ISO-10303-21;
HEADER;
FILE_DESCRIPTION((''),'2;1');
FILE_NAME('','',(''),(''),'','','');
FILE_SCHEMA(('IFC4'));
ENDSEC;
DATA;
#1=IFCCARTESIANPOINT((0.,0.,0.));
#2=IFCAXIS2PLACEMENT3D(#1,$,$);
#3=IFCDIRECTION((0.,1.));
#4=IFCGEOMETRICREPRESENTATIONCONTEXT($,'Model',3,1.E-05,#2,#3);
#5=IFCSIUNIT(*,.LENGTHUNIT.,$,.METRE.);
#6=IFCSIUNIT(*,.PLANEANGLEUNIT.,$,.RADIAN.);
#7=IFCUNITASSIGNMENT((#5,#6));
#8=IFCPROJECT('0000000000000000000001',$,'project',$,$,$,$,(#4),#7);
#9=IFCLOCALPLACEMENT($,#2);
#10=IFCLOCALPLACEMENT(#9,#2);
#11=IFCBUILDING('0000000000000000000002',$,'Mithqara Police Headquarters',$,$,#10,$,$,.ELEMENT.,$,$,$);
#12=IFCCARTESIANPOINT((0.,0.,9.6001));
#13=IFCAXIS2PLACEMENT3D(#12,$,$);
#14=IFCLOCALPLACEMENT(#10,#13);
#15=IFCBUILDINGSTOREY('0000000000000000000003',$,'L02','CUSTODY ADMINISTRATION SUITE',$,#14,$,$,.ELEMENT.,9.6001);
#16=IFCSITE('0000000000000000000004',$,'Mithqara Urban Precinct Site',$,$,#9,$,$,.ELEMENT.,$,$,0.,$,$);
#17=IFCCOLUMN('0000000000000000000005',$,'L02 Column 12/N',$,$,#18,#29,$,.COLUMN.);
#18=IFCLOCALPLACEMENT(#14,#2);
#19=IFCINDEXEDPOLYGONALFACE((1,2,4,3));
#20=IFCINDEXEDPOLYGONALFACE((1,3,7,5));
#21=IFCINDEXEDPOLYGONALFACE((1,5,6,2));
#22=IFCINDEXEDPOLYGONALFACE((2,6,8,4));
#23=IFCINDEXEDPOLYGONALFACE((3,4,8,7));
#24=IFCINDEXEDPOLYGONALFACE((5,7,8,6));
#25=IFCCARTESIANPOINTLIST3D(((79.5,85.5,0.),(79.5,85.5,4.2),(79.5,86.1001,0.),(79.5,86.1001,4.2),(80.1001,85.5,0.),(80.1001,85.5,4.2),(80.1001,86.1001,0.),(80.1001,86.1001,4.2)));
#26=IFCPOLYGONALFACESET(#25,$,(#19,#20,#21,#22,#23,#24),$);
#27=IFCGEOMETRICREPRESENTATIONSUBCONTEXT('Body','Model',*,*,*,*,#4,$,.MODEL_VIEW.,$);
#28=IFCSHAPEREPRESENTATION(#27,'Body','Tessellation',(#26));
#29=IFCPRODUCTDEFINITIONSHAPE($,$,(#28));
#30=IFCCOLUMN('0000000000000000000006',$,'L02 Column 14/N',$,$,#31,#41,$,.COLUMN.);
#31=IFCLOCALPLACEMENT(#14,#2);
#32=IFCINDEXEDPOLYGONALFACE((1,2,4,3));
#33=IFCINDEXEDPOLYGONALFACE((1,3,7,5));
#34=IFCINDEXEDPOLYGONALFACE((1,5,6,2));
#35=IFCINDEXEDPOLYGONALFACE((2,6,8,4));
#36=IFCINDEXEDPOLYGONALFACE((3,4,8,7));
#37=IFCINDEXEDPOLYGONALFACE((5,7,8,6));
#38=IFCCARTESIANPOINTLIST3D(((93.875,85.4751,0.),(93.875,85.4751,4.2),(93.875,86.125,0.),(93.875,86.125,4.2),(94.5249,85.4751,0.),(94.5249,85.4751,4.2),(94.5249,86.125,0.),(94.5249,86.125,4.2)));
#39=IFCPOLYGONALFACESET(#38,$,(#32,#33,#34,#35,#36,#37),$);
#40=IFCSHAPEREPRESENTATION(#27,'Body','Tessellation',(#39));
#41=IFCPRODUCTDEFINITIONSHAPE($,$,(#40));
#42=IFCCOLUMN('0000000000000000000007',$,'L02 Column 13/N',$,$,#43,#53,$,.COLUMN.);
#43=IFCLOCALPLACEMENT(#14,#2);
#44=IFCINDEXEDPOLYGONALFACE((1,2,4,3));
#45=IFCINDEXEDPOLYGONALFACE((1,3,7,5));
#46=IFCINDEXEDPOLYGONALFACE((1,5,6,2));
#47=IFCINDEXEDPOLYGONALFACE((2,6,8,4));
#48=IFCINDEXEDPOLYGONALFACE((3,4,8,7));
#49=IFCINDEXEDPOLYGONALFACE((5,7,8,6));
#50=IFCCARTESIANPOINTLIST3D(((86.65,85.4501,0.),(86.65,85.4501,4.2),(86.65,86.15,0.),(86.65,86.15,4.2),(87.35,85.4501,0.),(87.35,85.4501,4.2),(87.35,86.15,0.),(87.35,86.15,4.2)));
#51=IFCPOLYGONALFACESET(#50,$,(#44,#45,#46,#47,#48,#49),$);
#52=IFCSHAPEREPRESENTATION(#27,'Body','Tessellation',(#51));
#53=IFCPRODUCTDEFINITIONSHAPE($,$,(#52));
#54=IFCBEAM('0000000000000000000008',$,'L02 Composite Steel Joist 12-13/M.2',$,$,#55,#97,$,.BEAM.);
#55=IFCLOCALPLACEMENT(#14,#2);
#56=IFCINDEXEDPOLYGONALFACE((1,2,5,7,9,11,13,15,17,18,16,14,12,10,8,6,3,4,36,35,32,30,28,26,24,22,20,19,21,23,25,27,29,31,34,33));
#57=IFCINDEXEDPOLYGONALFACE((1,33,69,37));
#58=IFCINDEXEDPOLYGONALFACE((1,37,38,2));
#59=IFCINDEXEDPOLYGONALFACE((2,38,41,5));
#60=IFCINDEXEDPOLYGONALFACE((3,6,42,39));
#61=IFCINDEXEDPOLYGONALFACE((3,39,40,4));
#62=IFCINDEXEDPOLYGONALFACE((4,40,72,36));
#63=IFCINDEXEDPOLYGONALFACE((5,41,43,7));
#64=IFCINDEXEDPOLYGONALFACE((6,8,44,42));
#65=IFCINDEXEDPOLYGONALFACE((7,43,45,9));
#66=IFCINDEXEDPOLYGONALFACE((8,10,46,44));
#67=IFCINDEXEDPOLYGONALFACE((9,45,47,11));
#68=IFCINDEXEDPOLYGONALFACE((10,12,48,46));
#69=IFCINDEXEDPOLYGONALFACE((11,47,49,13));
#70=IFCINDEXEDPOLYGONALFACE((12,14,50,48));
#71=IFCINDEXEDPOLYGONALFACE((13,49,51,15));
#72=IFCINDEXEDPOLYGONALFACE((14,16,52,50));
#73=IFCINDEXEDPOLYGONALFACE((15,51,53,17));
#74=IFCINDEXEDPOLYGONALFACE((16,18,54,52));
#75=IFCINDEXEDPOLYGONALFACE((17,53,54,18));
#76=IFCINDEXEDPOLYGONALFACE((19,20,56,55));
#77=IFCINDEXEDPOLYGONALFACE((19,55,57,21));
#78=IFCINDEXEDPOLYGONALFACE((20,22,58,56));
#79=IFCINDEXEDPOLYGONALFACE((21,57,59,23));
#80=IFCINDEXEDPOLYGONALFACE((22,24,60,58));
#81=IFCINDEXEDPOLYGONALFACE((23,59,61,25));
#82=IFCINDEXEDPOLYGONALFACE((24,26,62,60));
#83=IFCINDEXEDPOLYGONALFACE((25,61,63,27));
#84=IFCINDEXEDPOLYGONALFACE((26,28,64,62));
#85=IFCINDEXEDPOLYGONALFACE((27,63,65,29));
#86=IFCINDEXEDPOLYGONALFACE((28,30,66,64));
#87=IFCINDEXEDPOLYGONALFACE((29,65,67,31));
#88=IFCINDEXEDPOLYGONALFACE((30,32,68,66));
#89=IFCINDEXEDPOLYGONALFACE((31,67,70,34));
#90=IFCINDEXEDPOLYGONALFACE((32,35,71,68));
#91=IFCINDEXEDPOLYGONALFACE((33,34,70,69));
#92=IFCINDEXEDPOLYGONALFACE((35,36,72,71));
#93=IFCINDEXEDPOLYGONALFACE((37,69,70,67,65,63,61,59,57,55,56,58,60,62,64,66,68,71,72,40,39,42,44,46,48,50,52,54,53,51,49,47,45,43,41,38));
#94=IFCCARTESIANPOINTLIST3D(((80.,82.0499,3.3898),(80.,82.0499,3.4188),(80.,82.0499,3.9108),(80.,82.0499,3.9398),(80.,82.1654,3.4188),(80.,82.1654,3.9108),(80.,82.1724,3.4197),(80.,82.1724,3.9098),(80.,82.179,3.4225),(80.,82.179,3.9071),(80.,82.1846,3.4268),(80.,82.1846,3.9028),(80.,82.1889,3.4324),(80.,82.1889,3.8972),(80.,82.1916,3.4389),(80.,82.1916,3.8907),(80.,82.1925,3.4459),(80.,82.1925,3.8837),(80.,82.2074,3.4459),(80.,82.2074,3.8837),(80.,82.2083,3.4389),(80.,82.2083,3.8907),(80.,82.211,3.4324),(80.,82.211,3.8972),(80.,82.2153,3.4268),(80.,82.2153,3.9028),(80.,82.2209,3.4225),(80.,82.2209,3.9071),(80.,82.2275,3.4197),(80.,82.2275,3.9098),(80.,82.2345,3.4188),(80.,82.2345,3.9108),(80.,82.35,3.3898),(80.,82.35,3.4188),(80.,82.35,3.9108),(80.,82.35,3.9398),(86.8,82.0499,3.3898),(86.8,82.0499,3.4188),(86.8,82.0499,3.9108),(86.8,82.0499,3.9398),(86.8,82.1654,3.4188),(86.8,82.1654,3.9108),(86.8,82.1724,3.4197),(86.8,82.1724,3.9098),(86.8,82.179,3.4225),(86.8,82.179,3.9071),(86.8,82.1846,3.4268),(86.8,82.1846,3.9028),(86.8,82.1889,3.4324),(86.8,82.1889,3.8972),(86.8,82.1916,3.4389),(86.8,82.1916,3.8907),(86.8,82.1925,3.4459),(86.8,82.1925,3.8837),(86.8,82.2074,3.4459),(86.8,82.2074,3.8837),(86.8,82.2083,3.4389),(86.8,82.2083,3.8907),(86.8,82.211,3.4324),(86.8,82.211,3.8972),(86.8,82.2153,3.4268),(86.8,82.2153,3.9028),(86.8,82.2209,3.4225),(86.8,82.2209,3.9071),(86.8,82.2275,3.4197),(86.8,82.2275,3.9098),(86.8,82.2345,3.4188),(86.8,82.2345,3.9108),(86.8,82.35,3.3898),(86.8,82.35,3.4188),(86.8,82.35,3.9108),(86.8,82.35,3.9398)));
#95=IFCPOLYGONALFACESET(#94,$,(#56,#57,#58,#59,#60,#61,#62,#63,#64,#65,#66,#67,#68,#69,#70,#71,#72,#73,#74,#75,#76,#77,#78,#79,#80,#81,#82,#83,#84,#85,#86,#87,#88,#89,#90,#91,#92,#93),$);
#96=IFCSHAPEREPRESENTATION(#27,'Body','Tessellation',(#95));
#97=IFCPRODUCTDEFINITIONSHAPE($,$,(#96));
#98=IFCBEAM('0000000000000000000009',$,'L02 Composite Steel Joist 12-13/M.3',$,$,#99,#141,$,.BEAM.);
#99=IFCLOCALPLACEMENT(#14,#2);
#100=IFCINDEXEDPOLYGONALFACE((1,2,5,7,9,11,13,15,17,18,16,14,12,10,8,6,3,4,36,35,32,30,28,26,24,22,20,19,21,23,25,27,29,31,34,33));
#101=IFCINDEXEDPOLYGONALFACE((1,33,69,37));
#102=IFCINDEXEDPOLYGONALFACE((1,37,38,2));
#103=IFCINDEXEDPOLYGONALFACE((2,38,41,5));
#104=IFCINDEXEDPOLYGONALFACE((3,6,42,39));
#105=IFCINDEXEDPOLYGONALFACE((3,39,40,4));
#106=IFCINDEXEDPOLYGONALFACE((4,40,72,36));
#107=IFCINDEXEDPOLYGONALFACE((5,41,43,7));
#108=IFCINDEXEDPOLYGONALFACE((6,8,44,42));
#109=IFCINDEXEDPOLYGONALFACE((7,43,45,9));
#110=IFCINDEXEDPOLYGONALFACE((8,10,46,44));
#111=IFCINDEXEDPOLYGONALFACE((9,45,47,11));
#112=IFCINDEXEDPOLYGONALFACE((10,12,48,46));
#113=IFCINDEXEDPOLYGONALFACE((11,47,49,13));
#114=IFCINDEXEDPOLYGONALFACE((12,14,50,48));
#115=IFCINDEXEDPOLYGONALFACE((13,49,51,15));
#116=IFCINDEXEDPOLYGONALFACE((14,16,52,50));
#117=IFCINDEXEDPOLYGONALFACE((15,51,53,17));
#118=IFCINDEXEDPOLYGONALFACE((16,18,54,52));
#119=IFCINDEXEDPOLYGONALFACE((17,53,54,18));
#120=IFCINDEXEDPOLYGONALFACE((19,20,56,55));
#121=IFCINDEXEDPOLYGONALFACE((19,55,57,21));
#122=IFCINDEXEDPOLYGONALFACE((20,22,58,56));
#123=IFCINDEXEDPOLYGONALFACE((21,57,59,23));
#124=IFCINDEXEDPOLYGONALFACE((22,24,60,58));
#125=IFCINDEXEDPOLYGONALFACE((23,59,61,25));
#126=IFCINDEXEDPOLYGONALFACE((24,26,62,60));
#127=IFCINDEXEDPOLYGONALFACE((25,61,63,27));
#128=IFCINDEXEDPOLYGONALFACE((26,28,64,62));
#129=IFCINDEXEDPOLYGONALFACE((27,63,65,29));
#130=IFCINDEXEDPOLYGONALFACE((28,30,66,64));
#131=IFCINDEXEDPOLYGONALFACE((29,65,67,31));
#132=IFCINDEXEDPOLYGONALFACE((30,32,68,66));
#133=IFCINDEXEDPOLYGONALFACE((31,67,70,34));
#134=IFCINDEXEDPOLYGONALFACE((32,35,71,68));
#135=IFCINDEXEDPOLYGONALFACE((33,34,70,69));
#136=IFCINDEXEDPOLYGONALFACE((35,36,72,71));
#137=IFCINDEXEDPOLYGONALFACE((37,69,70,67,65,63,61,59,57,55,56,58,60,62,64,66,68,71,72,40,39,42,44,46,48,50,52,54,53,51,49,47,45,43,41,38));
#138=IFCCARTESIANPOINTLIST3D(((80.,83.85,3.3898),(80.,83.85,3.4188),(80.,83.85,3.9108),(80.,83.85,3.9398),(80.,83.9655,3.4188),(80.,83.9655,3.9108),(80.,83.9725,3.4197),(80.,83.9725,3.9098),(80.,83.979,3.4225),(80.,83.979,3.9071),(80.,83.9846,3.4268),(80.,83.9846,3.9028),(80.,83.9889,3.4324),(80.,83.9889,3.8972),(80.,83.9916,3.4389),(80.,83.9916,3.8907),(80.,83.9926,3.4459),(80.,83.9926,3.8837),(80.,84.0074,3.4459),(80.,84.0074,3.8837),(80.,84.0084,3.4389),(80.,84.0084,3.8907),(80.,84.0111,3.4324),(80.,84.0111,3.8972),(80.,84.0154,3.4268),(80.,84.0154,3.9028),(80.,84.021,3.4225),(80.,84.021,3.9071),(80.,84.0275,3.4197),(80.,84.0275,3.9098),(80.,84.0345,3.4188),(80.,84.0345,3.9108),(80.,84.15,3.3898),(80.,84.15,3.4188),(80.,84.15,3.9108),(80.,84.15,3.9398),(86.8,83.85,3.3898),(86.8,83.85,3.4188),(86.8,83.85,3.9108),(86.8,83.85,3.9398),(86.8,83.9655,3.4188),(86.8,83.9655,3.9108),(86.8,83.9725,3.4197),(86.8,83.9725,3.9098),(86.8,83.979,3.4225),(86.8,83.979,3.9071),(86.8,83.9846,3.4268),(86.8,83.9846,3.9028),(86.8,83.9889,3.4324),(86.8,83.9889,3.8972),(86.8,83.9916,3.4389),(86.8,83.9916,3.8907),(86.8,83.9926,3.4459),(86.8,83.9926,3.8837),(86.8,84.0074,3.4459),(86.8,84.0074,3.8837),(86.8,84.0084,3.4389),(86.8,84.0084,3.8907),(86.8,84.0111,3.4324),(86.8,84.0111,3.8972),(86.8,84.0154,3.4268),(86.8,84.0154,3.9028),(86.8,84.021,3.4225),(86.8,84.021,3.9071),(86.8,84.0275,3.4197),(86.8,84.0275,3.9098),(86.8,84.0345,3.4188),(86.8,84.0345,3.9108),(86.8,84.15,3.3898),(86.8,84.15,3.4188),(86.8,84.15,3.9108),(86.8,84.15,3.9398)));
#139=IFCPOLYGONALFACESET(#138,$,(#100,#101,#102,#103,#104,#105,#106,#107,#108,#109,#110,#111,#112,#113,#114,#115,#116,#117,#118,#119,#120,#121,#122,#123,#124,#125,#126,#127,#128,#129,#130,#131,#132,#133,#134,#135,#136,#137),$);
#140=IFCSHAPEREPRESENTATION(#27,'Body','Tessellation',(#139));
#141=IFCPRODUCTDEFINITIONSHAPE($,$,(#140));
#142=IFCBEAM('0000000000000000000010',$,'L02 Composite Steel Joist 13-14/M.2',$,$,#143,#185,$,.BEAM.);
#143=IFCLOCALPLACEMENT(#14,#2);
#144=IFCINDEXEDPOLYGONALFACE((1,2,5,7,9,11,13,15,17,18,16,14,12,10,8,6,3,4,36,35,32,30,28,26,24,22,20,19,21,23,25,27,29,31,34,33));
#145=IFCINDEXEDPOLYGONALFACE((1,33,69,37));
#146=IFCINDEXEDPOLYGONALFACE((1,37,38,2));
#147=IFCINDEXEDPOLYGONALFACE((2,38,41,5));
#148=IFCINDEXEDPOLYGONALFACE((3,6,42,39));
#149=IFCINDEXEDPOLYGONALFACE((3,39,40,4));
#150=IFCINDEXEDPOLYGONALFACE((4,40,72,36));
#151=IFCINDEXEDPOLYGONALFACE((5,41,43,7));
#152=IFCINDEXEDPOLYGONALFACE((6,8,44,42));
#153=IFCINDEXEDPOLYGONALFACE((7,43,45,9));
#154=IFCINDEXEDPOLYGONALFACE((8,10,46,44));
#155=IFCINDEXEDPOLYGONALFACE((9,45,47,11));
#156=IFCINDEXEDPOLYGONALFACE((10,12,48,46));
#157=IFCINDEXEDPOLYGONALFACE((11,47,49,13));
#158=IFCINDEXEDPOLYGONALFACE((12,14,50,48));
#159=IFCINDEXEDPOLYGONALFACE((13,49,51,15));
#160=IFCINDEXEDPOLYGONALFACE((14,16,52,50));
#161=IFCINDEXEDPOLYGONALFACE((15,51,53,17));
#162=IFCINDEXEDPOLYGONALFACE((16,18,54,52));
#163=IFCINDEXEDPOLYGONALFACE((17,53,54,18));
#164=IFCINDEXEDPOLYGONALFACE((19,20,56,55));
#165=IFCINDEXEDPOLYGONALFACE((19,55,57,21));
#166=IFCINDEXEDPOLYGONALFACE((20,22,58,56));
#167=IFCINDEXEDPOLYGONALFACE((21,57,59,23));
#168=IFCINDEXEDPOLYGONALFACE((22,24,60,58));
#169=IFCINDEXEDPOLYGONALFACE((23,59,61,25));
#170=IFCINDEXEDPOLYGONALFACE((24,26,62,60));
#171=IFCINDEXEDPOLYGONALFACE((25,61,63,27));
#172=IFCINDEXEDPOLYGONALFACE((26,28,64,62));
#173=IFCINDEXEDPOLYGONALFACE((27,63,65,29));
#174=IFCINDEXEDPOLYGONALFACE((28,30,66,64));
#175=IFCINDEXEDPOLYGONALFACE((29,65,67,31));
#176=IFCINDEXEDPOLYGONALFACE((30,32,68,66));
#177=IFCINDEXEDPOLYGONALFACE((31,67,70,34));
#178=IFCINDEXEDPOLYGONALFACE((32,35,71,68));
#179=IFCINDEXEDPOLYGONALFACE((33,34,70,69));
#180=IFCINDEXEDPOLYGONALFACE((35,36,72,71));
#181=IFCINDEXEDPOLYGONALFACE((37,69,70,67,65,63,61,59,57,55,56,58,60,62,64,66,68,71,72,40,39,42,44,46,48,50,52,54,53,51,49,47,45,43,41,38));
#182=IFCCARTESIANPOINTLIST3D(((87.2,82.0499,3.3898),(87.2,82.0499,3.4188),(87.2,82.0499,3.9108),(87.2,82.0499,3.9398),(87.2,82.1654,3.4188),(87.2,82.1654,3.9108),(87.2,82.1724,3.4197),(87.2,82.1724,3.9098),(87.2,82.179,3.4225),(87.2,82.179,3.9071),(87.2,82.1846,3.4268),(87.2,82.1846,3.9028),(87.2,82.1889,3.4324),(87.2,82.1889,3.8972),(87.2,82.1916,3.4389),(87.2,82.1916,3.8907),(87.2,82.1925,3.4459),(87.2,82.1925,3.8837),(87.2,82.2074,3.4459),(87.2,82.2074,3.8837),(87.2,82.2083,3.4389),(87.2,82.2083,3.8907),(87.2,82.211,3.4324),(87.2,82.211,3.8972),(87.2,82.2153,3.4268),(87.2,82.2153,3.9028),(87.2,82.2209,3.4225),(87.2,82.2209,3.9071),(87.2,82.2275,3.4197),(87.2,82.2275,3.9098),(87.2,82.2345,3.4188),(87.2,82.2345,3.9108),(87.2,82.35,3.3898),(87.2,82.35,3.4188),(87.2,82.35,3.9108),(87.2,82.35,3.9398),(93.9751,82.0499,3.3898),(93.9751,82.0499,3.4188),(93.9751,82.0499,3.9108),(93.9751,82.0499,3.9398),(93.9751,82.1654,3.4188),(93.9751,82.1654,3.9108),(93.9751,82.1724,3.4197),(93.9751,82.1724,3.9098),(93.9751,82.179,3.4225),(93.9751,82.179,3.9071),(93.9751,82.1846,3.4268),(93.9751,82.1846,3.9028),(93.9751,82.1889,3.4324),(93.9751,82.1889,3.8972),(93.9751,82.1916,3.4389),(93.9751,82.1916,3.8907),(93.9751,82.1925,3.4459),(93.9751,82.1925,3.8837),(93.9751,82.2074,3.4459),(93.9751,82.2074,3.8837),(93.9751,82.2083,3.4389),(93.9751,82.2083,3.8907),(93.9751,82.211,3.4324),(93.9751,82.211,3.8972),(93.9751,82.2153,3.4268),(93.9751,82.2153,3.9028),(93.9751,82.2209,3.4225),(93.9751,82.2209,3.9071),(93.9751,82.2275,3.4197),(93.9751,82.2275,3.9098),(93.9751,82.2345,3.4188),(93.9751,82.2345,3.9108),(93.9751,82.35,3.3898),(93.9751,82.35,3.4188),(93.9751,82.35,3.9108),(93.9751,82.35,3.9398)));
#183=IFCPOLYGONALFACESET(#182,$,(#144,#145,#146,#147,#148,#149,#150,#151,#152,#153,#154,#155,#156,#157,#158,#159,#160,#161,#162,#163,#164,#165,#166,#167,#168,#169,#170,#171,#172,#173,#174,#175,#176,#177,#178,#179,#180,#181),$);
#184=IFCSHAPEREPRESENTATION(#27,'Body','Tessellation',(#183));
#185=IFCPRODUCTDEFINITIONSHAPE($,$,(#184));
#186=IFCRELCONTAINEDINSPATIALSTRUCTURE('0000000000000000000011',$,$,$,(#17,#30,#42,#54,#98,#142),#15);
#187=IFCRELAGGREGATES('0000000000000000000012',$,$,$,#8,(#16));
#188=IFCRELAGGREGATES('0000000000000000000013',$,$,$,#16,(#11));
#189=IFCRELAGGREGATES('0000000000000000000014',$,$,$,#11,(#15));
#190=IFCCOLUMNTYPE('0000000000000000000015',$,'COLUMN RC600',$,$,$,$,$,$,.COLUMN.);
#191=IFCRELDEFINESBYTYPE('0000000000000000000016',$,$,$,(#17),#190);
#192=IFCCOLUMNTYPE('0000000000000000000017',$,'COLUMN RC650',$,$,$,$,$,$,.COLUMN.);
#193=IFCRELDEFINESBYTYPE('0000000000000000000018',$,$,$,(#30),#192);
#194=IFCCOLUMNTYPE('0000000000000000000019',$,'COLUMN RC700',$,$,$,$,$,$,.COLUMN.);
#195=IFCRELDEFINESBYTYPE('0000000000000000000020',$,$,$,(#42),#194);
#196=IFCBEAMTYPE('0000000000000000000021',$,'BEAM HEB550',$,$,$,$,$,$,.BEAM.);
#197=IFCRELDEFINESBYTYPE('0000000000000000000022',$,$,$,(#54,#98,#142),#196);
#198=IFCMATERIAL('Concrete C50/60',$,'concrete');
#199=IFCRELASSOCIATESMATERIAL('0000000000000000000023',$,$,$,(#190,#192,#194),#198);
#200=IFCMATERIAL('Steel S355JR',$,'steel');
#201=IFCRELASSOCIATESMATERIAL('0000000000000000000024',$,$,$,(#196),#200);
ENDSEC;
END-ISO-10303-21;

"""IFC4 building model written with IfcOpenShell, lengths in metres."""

from ifc_helpers import new_model, si_unit, direction, frame, origin, origin_2d, place, context, subcontext, project, spatial, rectangle, i_section, extrude, material, material_profile, profile_set, type_object, element, save


model = new_model("IFC4")

# Units and contexts
model_context = context("Model", 3, precision=1e-05, world=origin(), true_north=direction((0.0, 1.0)))
body_context = subcontext(model_context, "Body", "Model", "MODEL_VIEW")
ifc_project = project(units=[si_unit("LENGTHUNIT", "METRE"), si_unit("PLANEANGLEUNIT", "RADIAN")], contexts=[model_context])

# Site, building, storey
site_placement = place(None, origin())
site = spatial("IfcSite", under=ifc_project, at=site_placement, Name="Mithqara Urban Precinct Site", CompositionType="ELEMENT", RefElevation=0.0)
building_placement = place(site_placement, origin())
building = spatial("IfcBuilding", under=site, at=building_placement, Name="Mithqara Police Headquarters", CompositionType="ELEMENT")
storey_placement = place(building_placement, frame((0.0, 0.0, 9.6001)))
storey = spatial("IfcBuildingStorey", under=building, at=storey_placement, Name="L02", Description="CUSTODY ADMINISTRATION SUITE", CompositionType="ELEMENT", Elevation=9.6001)

# Columns
ifc_material_1 = material(Name="Concrete C50/60", Category="concrete")
ifc_material_profile_1 = material_profile(ifc_material_1, rectangle(XDim=0.6001, YDim=0.6001, at=origin_2d()), Name="RC 600x600")
ifc_profile_set_1 = profile_set([ifc_material_profile_1], Name="Concrete C50/60")
column_type_1 = type_object("IfcColumnType", Name="COLUMN RC600", PredefinedType="COLUMN", material=ifc_profile_set_1)
column_1_placement = place(storey_placement, frame((79.8, 85.8, 0.0), z_axis=(0.0, 0.0, 1.0), x_axis=(1.0, 0.0, 0.0)))
element("IfcColumn", 1, at=column_1_placement, inside=storey, type_object=column_type_1, Name="L02 Column 12/N", PredefinedType="COLUMN", context=body_context, shape_type="SweptSolid", body=[
    extrude(rectangle(XDim=0.6001, YDim=0.6001, at=origin_2d()), origin(), (0.0, 0.0, 1.0), 4.2),
])
ifc_material_profile_2 = material_profile(ifc_material_1, rectangle(XDim=0.6499, YDim=0.6499, at=origin_2d()), Name="RC 650x650")
ifc_profile_set_2 = profile_set([ifc_material_profile_2], Name="Concrete C50/60")
column_type_2 = type_object("IfcColumnType", Name="COLUMN RC650", PredefinedType="COLUMN", material=ifc_profile_set_2)
column_2_placement = place(storey_placement, frame((94.2, 85.8, 0.0), z_axis=(0.0, 0.0, 1.0), x_axis=(1.0, 0.0, 0.0)))
element("IfcColumn", 2, at=column_2_placement, inside=storey, type_object=column_type_2, Name="L02 Column 14/N", PredefinedType="COLUMN", context=body_context, shape_type="SweptSolid", body=[
    extrude(rectangle(XDim=0.6499, YDim=0.6499, at=origin_2d()), origin(), (0.0, 0.0, 1.0), 4.2),
])
ifc_material_profile_3 = material_profile(ifc_material_1, rectangle(XDim=0.7, YDim=0.7, at=origin_2d()), Name="RC 700x700")
ifc_profile_set_3 = profile_set([ifc_material_profile_3], Name="Concrete C50/60")
column_type_3 = type_object("IfcColumnType", Name="COLUMN RC700", PredefinedType="COLUMN", material=ifc_profile_set_3)
column_3_placement = place(storey_placement, frame((87.0, 85.8, 0.0), z_axis=(0.0, 0.0, 1.0), x_axis=(1.0, 0.0, 0.0)))
element("IfcColumn", 3, at=column_3_placement, inside=storey, type_object=column_type_3, Name="L02 Column 13/N", PredefinedType="COLUMN", context=body_context, shape_type="SweptSolid", body=[
    extrude(rectangle(XDim=0.7, YDim=0.7, at=origin_2d()), origin(), (0.0, 0.0, 1.0), 4.2),
])

# Beams
ifc_material_2 = material(Name="Steel S355JR", Category="steel")
ifc_material_profile_4 = material_profile(ifc_material_2, i_section(OverallWidth=0.3, OverallDepth=0.55, WebThickness=0.0149, FlangeThickness=0.0291, FilletRadius=0.0271, at=origin_2d()), Name="HEB 550")
ifc_profile_set_4 = profile_set([ifc_material_profile_4], Name="Steel S355JR")
beam_type_1 = type_object("IfcBeamType", Name="BEAM HEB550", PredefinedType="BEAM", material=ifc_profile_set_4)
for number, where, z_axis, x_axis, name in (
    (4, (80.0, 82.2, 3.6648), (1.0, 0.0, 0.0), (0.0, 1.0, 0.0), "L02 Composite Steel Joist 12-13/M.2"),
    (5, (80.0, 84.0, 3.6648), (1.0, 0.0, 0.0), (0.0, 1.0, 0.0), "L02 Composite Steel Joist 12-13/M.3"),
):
    element("IfcBeam", number, at=place(storey_placement, frame(where, z_axis=z_axis, x_axis=x_axis)), inside=storey, type_object=beam_type_1, Name=name, PredefinedType="BEAM", context=body_context, shape_type="SweptSolid", body=[
        extrude(i_section(OverallWidth=0.3, OverallDepth=0.55, WebThickness=0.0149, FlangeThickness=0.0291, FilletRadius=0.0271, at=origin_2d()), origin(), (0.0, 0.0, 1.0), 6.8),
    ])
for number, where, z_axis, x_axis, name in (
    (6, (87.2, 82.2, 3.6648), (1.0, 0.0, 0.0), (0.0, 1.0, 0.0), "L02 Composite Steel Joist 13-14/M.2"),
):
    element("IfcBeam", number, at=place(storey_placement, frame(where, z_axis=z_axis, x_axis=x_axis)), inside=storey, type_object=beam_type_1, Name=name, PredefinedType="BEAM", context=body_context, shape_type="SweptSolid", body=[
        extrude(i_section(OverallWidth=0.3, OverallDepth=0.55, WebThickness=0.0149, FlangeThickness=0.0291, FilletRadius=0.0271, at=origin_2d()), origin(), (0.0, 0.0, 1.0), 6.7751),
    ])

save(model, "model.ifc")
